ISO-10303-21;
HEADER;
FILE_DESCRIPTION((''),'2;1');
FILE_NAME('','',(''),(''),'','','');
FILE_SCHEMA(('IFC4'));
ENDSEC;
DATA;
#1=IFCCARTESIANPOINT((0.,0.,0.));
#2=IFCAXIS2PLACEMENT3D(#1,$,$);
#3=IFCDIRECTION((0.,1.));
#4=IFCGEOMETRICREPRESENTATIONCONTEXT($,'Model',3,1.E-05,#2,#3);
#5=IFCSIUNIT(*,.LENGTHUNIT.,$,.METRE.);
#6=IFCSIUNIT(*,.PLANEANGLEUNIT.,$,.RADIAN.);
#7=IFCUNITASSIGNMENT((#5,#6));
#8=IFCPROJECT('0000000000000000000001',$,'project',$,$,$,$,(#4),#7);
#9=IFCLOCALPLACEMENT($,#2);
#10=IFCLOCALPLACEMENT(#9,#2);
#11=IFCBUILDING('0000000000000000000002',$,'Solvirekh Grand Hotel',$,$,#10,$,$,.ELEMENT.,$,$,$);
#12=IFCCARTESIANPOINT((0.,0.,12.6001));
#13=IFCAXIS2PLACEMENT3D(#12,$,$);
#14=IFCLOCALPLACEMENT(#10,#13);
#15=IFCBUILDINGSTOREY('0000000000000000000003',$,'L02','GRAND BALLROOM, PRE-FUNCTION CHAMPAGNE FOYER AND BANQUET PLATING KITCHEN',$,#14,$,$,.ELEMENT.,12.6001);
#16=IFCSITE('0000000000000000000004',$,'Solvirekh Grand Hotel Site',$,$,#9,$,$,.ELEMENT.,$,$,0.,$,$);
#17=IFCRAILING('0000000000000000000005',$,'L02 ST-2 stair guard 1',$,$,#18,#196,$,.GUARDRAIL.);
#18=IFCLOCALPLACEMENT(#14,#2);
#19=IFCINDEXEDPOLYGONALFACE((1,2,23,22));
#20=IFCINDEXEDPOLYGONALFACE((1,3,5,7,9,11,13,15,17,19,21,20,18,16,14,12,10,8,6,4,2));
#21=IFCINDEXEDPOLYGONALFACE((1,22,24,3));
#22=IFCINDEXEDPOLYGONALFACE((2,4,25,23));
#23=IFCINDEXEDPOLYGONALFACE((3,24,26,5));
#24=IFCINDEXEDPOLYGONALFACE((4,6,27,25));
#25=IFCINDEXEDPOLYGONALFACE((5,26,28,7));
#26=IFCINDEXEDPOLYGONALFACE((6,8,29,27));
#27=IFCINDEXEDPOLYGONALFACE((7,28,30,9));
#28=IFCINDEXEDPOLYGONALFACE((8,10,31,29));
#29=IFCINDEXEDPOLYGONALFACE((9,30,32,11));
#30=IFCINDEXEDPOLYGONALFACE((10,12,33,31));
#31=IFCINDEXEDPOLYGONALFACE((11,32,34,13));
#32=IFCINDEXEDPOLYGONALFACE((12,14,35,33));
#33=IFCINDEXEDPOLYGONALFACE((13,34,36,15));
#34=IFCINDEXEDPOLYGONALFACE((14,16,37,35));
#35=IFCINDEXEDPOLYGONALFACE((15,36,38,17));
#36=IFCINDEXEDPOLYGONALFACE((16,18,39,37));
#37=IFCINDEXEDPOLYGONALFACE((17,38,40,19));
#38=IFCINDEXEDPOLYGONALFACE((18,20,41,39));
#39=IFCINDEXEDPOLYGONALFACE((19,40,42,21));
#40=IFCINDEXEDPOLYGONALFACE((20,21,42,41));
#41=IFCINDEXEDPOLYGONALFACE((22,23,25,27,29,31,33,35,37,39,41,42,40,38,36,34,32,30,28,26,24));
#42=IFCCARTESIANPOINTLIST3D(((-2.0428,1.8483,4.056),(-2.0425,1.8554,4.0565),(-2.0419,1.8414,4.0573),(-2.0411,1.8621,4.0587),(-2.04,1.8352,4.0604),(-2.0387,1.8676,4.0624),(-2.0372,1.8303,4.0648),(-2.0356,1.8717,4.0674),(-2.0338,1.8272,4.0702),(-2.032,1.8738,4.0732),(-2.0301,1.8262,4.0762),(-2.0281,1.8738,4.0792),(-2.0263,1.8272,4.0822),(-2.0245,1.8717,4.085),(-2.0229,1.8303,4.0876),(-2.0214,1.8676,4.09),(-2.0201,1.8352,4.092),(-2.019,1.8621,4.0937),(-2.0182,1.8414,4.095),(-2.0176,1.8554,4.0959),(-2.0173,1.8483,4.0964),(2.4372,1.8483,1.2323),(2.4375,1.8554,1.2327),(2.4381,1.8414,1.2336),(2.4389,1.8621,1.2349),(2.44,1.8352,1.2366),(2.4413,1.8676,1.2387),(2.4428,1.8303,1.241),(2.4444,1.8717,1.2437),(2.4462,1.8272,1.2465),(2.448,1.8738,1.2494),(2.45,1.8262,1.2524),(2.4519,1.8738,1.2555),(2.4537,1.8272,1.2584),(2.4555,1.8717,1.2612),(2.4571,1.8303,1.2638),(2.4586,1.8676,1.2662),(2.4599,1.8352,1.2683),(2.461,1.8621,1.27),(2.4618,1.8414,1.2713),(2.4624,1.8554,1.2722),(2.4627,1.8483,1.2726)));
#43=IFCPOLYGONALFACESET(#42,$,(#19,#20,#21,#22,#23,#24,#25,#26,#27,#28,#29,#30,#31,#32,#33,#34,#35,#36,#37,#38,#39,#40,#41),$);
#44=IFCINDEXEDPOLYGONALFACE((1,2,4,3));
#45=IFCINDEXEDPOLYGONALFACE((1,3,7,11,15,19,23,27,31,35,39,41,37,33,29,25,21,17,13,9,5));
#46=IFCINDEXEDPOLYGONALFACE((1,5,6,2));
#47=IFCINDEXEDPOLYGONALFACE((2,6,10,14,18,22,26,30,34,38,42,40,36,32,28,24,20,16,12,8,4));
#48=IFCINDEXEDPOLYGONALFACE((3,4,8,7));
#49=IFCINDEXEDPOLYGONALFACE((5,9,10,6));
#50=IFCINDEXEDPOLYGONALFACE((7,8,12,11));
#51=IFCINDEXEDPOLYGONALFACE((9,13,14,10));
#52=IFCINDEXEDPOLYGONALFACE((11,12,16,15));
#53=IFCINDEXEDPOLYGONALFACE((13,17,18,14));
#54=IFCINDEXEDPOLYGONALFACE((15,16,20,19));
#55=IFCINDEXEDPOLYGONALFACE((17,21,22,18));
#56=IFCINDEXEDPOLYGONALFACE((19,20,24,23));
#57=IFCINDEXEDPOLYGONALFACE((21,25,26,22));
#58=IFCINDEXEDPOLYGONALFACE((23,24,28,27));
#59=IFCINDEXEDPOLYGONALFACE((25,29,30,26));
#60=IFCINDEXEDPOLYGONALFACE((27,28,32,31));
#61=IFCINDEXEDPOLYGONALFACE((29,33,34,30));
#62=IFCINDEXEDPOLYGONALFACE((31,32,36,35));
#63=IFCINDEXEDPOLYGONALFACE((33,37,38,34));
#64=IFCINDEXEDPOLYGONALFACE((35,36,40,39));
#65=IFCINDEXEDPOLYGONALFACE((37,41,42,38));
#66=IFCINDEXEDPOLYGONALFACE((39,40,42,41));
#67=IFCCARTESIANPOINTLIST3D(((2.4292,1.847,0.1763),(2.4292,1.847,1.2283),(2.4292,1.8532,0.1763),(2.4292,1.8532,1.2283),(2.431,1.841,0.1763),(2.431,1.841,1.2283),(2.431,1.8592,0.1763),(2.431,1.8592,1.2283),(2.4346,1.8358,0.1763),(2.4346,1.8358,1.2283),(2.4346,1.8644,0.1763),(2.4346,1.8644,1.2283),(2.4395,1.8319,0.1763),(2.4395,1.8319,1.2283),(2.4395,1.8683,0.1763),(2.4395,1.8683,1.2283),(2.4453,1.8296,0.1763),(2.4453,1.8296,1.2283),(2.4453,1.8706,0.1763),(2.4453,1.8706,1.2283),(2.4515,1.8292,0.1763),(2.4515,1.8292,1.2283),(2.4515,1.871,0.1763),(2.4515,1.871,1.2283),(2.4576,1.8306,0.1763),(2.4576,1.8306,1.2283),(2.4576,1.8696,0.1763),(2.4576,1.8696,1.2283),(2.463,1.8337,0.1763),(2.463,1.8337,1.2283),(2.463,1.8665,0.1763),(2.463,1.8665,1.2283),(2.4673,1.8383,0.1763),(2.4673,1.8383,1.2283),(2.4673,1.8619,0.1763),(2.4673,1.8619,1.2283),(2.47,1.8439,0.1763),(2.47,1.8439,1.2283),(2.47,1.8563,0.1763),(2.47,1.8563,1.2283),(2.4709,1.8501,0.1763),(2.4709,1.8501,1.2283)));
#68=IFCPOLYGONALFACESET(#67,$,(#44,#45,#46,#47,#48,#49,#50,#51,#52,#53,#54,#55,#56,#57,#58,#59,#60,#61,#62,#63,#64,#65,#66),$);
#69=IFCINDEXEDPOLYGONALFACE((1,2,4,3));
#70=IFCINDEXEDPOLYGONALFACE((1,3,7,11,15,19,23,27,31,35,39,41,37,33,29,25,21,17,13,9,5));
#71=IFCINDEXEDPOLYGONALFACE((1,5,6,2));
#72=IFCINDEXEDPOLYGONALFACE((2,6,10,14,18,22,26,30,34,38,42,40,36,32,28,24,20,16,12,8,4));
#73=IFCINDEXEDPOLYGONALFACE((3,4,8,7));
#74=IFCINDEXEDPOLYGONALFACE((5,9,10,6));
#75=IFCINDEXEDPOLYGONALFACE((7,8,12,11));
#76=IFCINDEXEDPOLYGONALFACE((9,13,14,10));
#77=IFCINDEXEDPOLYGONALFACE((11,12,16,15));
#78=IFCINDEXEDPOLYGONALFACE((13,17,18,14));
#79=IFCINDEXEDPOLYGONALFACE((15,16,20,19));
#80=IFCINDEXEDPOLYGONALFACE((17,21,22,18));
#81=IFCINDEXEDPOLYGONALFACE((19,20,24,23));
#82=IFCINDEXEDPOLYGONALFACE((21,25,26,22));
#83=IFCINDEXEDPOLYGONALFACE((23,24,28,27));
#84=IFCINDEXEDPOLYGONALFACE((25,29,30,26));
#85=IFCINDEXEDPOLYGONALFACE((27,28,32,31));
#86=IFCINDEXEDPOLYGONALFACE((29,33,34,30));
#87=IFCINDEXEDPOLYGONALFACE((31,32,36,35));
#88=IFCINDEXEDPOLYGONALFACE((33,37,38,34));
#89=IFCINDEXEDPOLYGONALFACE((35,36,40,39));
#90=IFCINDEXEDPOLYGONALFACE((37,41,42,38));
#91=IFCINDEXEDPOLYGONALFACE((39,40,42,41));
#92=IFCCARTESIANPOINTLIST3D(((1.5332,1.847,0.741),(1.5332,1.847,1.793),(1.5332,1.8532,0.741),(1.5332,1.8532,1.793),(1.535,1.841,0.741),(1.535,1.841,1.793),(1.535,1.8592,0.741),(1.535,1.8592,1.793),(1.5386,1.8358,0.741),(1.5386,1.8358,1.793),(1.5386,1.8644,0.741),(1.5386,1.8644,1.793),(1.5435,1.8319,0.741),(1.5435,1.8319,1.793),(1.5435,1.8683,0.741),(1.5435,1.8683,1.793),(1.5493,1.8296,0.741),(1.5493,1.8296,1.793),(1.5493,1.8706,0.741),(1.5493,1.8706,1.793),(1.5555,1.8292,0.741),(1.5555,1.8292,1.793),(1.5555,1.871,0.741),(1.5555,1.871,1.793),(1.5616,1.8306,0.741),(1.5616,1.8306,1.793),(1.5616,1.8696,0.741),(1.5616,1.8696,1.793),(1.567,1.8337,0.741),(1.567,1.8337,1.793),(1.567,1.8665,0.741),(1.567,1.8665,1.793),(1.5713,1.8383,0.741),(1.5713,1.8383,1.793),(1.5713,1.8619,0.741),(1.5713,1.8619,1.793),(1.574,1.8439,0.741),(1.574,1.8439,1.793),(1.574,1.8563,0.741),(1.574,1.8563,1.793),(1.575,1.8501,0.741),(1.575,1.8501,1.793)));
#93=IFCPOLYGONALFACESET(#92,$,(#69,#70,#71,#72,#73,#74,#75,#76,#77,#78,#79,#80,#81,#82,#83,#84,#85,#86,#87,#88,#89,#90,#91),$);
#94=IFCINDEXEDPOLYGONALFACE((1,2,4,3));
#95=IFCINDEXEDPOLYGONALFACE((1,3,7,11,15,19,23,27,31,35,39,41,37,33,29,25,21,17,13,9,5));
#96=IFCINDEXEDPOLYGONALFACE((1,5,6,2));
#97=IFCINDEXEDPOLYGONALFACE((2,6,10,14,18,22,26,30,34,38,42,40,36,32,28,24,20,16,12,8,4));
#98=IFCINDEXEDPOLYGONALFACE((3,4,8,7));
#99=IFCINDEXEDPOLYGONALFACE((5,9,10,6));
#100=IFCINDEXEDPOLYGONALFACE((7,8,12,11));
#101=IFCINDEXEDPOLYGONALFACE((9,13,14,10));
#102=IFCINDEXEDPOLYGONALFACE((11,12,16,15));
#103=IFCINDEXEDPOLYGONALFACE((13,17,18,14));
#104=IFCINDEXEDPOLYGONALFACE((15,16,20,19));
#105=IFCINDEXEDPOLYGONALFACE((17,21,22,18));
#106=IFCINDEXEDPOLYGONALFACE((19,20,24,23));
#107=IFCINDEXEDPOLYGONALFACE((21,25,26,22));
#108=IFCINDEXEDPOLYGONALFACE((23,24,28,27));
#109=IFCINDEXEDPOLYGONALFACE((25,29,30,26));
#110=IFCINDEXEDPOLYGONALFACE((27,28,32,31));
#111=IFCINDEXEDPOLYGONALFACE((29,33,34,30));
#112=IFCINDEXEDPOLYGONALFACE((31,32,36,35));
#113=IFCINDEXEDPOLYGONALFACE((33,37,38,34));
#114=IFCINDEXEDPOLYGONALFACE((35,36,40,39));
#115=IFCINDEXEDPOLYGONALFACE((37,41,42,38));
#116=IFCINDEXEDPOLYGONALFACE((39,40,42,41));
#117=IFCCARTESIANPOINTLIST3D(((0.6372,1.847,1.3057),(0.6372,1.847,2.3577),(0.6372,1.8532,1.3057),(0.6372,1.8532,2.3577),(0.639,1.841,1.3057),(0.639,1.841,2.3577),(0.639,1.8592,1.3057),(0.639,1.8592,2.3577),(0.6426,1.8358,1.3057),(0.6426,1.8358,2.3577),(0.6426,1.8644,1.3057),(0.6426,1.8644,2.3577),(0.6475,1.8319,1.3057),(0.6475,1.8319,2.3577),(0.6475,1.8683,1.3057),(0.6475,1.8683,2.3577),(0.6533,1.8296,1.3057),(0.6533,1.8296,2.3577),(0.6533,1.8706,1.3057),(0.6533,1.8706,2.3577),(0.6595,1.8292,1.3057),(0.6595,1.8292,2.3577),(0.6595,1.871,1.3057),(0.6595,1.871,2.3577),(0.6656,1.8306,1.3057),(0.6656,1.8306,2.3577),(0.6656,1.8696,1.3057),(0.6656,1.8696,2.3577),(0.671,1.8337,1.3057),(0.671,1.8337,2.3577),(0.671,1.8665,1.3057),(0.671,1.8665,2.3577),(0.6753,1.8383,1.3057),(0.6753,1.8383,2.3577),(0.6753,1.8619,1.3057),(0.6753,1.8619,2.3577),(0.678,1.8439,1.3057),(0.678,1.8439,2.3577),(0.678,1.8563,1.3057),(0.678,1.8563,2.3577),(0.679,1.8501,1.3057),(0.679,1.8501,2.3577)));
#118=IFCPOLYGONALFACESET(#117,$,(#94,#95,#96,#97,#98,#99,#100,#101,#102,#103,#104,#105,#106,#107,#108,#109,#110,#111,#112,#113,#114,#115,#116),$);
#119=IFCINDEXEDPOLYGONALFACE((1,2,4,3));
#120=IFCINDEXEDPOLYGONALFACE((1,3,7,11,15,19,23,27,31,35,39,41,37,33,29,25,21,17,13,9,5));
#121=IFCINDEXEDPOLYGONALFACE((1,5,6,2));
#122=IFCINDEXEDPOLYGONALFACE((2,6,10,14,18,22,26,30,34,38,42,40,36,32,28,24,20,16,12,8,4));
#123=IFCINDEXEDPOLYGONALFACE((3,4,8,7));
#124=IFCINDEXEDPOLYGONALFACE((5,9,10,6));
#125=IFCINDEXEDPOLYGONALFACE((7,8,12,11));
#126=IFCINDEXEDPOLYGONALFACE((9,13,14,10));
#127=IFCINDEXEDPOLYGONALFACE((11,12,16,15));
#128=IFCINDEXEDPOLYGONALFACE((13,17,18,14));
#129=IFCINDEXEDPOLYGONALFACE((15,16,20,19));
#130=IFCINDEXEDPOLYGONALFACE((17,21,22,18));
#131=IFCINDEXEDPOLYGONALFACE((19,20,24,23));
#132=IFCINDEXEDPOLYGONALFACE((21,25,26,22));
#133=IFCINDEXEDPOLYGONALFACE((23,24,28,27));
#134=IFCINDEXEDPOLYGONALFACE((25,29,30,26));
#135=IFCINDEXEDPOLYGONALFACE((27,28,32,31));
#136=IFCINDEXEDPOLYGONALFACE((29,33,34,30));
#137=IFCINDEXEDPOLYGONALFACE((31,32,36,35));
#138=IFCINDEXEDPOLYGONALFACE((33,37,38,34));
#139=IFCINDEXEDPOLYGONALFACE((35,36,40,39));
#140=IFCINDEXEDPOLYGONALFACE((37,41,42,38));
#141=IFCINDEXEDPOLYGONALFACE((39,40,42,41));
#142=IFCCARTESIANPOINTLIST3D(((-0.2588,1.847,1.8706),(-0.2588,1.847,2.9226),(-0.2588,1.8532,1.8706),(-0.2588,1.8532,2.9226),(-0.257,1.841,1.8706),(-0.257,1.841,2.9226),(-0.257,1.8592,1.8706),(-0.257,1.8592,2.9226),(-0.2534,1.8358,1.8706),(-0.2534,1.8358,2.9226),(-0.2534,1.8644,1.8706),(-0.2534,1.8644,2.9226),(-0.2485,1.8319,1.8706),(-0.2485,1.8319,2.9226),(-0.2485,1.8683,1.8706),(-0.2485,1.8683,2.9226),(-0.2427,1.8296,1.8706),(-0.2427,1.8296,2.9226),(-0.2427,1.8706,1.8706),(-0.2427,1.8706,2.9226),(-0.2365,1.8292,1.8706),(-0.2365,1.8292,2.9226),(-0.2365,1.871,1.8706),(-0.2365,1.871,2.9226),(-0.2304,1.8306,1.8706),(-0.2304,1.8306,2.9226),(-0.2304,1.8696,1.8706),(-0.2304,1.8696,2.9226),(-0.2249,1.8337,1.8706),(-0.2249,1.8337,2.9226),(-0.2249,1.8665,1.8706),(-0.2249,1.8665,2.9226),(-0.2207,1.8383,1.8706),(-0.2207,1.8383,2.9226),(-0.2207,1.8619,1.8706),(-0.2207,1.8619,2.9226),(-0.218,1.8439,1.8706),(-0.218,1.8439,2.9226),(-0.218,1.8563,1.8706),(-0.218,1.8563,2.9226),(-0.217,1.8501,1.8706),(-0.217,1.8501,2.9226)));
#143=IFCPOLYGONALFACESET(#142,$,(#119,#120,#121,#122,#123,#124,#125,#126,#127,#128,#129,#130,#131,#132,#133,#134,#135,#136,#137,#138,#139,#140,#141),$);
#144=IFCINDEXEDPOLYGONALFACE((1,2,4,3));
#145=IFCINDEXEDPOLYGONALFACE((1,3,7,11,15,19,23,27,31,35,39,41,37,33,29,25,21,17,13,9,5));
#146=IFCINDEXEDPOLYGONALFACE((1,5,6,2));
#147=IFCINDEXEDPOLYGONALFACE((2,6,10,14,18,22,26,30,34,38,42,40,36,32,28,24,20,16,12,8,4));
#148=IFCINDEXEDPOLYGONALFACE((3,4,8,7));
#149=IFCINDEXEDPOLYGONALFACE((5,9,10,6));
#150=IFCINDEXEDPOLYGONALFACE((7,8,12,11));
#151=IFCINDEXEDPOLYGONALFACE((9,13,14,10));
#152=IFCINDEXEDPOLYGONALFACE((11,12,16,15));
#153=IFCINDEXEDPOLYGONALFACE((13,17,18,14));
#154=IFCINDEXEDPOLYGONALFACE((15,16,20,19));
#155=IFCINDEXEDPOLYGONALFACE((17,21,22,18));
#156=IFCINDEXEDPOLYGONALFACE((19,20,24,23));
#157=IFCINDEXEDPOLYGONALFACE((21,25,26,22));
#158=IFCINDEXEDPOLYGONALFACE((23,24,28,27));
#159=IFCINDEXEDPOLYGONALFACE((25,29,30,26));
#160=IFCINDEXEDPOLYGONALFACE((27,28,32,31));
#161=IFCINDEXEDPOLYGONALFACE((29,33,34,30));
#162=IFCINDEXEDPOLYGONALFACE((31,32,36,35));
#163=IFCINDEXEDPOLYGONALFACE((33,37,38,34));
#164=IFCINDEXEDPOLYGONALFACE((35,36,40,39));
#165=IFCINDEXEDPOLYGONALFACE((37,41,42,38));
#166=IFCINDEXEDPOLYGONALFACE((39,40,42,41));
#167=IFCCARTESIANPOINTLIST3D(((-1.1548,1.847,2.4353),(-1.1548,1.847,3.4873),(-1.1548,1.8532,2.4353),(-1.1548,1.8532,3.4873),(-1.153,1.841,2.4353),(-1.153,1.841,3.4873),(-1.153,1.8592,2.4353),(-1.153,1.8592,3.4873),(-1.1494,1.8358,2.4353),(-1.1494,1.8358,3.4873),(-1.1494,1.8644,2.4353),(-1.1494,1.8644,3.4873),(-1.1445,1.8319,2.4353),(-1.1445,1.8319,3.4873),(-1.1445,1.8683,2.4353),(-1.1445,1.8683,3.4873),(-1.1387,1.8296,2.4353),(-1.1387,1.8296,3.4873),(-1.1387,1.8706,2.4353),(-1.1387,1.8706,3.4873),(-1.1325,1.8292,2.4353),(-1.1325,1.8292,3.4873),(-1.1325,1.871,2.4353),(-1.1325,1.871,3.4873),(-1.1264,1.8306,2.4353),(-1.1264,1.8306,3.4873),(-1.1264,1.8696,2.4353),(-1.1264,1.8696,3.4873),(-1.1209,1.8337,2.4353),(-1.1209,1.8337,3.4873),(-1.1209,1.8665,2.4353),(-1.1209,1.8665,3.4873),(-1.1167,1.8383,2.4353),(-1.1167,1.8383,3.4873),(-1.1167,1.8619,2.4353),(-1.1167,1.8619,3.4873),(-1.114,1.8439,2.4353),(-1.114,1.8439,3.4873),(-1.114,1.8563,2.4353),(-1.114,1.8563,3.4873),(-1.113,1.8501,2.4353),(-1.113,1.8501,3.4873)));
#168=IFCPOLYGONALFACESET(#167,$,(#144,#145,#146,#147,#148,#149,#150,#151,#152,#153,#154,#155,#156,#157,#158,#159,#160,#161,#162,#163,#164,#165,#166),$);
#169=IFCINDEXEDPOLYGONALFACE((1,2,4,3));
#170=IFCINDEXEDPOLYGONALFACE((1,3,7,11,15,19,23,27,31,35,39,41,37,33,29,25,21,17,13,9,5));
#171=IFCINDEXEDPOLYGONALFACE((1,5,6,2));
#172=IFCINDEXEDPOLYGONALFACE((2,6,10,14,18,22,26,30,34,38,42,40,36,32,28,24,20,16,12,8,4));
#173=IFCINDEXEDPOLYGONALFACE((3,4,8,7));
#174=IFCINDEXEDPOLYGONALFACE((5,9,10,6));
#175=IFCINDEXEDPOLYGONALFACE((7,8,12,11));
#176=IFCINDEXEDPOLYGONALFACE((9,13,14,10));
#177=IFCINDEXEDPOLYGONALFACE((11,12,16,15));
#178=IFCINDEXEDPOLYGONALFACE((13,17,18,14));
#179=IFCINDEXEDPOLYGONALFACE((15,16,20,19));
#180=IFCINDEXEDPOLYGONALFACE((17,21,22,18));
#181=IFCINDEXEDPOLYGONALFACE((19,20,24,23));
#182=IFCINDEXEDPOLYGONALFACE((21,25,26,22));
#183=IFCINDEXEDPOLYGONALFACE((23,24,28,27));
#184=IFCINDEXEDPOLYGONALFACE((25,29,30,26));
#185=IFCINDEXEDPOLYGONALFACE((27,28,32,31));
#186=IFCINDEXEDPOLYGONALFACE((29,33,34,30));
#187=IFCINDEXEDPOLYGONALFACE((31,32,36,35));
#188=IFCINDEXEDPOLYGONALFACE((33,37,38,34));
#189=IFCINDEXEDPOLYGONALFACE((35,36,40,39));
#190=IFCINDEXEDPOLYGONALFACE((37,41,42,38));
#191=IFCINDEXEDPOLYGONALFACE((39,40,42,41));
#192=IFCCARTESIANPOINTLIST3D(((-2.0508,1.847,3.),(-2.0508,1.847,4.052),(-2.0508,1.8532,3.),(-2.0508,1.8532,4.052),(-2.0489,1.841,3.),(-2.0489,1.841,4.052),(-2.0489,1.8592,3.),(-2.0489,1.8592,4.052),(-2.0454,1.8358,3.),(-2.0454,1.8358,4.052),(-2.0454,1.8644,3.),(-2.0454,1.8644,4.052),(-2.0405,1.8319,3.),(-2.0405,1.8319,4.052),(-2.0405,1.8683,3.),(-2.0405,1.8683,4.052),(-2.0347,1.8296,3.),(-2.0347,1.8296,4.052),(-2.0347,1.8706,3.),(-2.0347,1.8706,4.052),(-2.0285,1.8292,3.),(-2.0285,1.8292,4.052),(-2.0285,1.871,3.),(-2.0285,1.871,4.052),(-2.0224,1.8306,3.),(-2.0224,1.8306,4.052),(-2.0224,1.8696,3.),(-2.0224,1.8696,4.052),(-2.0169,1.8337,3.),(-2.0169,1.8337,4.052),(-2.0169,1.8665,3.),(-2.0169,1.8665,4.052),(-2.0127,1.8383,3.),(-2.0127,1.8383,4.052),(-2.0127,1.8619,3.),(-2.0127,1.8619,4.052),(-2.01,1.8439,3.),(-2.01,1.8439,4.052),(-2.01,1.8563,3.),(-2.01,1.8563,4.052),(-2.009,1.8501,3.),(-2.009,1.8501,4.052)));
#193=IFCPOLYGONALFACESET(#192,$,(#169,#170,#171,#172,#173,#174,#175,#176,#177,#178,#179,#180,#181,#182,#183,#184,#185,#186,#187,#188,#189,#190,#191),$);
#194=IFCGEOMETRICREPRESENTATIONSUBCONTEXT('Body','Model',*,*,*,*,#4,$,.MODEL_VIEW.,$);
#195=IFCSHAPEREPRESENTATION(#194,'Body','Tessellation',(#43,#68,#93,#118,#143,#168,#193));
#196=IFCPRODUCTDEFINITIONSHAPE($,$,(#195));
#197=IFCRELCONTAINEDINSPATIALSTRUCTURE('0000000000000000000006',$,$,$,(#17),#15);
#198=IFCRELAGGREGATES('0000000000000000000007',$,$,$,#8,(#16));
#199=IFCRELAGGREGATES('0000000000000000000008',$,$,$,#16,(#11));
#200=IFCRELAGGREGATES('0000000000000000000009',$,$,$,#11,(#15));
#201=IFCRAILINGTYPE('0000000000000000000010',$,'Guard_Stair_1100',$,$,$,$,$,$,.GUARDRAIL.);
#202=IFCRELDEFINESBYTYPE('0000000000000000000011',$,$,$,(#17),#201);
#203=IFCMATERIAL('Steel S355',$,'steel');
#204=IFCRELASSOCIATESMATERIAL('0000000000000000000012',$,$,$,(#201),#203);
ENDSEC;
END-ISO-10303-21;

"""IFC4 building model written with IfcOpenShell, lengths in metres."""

from ifc_helpers import new_model, si_unit, direction, frame, origin, origin_2d, place, context, subcontext, project, spatial, circle, extrude, material, type_object, element, save


model = new_model("IFC4")

# Units and contexts
model_context = context("Model", 3, precision=1e-05, world=origin(), true_north=direction((0.0, 1.0)))
body_context = subcontext(model_context, "Body", "Model", "MODEL_VIEW")
ifc_project = project(units=[si_unit("LENGTHUNIT", "METRE"), si_unit("PLANEANGLEUNIT", "RADIAN")], contexts=[model_context])

# Site, building, storey
site_placement = place(None, origin())
site = spatial("IfcSite", under=ifc_project, at=site_placement, Name="Solvirekh Grand Hotel Site", CompositionType="ELEMENT", RefElevation=0.0)
building_placement = place(site_placement, origin())
building = spatial("IfcBuilding", under=site, at=building_placement, Name="Solvirekh Grand Hotel", CompositionType="ELEMENT")
storey_placement = place(building_placement, frame((0.0, 0.0, 12.6001)))
storey = spatial("IfcBuildingStorey", under=building, at=storey_placement, Name="L02", Description="GRAND BALLROOM, PRE-FUNCTION CHAMPAGNE FOYER AND BANQUET PLATING KITCHEN", CompositionType="ELEMENT", Elevation=12.6001)

# Railing
ifc_material_1 = material(Name="Steel S355", Category="steel")
railing_type_1 = type_object("IfcRailingType", Name="Guard_Stair_1100", PredefinedType="GUARDRAIL", material=ifc_material_1)
railing_1_placement = place(storey_placement, frame((2.45, 1.8501, 0.1763)))
element("IfcRailing", 1, at=railing_1_placement, inside=storey, type_object=railing_type_1, Name="L02 ST-2 stair guard 1", PredefinedType="GUARDRAIL", context=body_context, shape_type="SweptSolid", body=[
    extrude(circle(Radius=0.0239, at=origin_2d()), frame((0.0, 0.0, 1.0762), z_axis=(-0.845977, 0.0, 0.533219), x_axis=(0.0, -1.0, 0.0)), (0.0, 0.0, 1.0), 5.2957),
    extrude(circle(Radius=0.021, at=origin_2d()), origin(), (0.0, 0.0, 1.0), 1.052),
    extrude(circle(Radius=0.021, at=origin_2d()), frame((-0.896, 0.0, 0.5647)), (0.0, 0.0, 1.0), 1.052),
    extrude(circle(Radius=0.021, at=origin_2d()), frame((-1.792, 0.0, 1.1294)), (0.0, 0.0, 1.0), 1.052),
    extrude(circle(Radius=0.021, at=origin_2d()), frame((-2.688, 0.0, 1.6943)), (0.0, 0.0, 1.0), 1.052),
    extrude(circle(Radius=0.021, at=origin_2d()), frame((-3.584, 0.0, 2.259)), (0.0, 0.0, 1.0), 1.052),
    extrude(circle(Radius=0.021, at=origin_2d()), frame((-4.48, 0.0, 2.8237)), (0.0, 0.0, 1.0), 1.052),
])

save(model, "model.ifc")
